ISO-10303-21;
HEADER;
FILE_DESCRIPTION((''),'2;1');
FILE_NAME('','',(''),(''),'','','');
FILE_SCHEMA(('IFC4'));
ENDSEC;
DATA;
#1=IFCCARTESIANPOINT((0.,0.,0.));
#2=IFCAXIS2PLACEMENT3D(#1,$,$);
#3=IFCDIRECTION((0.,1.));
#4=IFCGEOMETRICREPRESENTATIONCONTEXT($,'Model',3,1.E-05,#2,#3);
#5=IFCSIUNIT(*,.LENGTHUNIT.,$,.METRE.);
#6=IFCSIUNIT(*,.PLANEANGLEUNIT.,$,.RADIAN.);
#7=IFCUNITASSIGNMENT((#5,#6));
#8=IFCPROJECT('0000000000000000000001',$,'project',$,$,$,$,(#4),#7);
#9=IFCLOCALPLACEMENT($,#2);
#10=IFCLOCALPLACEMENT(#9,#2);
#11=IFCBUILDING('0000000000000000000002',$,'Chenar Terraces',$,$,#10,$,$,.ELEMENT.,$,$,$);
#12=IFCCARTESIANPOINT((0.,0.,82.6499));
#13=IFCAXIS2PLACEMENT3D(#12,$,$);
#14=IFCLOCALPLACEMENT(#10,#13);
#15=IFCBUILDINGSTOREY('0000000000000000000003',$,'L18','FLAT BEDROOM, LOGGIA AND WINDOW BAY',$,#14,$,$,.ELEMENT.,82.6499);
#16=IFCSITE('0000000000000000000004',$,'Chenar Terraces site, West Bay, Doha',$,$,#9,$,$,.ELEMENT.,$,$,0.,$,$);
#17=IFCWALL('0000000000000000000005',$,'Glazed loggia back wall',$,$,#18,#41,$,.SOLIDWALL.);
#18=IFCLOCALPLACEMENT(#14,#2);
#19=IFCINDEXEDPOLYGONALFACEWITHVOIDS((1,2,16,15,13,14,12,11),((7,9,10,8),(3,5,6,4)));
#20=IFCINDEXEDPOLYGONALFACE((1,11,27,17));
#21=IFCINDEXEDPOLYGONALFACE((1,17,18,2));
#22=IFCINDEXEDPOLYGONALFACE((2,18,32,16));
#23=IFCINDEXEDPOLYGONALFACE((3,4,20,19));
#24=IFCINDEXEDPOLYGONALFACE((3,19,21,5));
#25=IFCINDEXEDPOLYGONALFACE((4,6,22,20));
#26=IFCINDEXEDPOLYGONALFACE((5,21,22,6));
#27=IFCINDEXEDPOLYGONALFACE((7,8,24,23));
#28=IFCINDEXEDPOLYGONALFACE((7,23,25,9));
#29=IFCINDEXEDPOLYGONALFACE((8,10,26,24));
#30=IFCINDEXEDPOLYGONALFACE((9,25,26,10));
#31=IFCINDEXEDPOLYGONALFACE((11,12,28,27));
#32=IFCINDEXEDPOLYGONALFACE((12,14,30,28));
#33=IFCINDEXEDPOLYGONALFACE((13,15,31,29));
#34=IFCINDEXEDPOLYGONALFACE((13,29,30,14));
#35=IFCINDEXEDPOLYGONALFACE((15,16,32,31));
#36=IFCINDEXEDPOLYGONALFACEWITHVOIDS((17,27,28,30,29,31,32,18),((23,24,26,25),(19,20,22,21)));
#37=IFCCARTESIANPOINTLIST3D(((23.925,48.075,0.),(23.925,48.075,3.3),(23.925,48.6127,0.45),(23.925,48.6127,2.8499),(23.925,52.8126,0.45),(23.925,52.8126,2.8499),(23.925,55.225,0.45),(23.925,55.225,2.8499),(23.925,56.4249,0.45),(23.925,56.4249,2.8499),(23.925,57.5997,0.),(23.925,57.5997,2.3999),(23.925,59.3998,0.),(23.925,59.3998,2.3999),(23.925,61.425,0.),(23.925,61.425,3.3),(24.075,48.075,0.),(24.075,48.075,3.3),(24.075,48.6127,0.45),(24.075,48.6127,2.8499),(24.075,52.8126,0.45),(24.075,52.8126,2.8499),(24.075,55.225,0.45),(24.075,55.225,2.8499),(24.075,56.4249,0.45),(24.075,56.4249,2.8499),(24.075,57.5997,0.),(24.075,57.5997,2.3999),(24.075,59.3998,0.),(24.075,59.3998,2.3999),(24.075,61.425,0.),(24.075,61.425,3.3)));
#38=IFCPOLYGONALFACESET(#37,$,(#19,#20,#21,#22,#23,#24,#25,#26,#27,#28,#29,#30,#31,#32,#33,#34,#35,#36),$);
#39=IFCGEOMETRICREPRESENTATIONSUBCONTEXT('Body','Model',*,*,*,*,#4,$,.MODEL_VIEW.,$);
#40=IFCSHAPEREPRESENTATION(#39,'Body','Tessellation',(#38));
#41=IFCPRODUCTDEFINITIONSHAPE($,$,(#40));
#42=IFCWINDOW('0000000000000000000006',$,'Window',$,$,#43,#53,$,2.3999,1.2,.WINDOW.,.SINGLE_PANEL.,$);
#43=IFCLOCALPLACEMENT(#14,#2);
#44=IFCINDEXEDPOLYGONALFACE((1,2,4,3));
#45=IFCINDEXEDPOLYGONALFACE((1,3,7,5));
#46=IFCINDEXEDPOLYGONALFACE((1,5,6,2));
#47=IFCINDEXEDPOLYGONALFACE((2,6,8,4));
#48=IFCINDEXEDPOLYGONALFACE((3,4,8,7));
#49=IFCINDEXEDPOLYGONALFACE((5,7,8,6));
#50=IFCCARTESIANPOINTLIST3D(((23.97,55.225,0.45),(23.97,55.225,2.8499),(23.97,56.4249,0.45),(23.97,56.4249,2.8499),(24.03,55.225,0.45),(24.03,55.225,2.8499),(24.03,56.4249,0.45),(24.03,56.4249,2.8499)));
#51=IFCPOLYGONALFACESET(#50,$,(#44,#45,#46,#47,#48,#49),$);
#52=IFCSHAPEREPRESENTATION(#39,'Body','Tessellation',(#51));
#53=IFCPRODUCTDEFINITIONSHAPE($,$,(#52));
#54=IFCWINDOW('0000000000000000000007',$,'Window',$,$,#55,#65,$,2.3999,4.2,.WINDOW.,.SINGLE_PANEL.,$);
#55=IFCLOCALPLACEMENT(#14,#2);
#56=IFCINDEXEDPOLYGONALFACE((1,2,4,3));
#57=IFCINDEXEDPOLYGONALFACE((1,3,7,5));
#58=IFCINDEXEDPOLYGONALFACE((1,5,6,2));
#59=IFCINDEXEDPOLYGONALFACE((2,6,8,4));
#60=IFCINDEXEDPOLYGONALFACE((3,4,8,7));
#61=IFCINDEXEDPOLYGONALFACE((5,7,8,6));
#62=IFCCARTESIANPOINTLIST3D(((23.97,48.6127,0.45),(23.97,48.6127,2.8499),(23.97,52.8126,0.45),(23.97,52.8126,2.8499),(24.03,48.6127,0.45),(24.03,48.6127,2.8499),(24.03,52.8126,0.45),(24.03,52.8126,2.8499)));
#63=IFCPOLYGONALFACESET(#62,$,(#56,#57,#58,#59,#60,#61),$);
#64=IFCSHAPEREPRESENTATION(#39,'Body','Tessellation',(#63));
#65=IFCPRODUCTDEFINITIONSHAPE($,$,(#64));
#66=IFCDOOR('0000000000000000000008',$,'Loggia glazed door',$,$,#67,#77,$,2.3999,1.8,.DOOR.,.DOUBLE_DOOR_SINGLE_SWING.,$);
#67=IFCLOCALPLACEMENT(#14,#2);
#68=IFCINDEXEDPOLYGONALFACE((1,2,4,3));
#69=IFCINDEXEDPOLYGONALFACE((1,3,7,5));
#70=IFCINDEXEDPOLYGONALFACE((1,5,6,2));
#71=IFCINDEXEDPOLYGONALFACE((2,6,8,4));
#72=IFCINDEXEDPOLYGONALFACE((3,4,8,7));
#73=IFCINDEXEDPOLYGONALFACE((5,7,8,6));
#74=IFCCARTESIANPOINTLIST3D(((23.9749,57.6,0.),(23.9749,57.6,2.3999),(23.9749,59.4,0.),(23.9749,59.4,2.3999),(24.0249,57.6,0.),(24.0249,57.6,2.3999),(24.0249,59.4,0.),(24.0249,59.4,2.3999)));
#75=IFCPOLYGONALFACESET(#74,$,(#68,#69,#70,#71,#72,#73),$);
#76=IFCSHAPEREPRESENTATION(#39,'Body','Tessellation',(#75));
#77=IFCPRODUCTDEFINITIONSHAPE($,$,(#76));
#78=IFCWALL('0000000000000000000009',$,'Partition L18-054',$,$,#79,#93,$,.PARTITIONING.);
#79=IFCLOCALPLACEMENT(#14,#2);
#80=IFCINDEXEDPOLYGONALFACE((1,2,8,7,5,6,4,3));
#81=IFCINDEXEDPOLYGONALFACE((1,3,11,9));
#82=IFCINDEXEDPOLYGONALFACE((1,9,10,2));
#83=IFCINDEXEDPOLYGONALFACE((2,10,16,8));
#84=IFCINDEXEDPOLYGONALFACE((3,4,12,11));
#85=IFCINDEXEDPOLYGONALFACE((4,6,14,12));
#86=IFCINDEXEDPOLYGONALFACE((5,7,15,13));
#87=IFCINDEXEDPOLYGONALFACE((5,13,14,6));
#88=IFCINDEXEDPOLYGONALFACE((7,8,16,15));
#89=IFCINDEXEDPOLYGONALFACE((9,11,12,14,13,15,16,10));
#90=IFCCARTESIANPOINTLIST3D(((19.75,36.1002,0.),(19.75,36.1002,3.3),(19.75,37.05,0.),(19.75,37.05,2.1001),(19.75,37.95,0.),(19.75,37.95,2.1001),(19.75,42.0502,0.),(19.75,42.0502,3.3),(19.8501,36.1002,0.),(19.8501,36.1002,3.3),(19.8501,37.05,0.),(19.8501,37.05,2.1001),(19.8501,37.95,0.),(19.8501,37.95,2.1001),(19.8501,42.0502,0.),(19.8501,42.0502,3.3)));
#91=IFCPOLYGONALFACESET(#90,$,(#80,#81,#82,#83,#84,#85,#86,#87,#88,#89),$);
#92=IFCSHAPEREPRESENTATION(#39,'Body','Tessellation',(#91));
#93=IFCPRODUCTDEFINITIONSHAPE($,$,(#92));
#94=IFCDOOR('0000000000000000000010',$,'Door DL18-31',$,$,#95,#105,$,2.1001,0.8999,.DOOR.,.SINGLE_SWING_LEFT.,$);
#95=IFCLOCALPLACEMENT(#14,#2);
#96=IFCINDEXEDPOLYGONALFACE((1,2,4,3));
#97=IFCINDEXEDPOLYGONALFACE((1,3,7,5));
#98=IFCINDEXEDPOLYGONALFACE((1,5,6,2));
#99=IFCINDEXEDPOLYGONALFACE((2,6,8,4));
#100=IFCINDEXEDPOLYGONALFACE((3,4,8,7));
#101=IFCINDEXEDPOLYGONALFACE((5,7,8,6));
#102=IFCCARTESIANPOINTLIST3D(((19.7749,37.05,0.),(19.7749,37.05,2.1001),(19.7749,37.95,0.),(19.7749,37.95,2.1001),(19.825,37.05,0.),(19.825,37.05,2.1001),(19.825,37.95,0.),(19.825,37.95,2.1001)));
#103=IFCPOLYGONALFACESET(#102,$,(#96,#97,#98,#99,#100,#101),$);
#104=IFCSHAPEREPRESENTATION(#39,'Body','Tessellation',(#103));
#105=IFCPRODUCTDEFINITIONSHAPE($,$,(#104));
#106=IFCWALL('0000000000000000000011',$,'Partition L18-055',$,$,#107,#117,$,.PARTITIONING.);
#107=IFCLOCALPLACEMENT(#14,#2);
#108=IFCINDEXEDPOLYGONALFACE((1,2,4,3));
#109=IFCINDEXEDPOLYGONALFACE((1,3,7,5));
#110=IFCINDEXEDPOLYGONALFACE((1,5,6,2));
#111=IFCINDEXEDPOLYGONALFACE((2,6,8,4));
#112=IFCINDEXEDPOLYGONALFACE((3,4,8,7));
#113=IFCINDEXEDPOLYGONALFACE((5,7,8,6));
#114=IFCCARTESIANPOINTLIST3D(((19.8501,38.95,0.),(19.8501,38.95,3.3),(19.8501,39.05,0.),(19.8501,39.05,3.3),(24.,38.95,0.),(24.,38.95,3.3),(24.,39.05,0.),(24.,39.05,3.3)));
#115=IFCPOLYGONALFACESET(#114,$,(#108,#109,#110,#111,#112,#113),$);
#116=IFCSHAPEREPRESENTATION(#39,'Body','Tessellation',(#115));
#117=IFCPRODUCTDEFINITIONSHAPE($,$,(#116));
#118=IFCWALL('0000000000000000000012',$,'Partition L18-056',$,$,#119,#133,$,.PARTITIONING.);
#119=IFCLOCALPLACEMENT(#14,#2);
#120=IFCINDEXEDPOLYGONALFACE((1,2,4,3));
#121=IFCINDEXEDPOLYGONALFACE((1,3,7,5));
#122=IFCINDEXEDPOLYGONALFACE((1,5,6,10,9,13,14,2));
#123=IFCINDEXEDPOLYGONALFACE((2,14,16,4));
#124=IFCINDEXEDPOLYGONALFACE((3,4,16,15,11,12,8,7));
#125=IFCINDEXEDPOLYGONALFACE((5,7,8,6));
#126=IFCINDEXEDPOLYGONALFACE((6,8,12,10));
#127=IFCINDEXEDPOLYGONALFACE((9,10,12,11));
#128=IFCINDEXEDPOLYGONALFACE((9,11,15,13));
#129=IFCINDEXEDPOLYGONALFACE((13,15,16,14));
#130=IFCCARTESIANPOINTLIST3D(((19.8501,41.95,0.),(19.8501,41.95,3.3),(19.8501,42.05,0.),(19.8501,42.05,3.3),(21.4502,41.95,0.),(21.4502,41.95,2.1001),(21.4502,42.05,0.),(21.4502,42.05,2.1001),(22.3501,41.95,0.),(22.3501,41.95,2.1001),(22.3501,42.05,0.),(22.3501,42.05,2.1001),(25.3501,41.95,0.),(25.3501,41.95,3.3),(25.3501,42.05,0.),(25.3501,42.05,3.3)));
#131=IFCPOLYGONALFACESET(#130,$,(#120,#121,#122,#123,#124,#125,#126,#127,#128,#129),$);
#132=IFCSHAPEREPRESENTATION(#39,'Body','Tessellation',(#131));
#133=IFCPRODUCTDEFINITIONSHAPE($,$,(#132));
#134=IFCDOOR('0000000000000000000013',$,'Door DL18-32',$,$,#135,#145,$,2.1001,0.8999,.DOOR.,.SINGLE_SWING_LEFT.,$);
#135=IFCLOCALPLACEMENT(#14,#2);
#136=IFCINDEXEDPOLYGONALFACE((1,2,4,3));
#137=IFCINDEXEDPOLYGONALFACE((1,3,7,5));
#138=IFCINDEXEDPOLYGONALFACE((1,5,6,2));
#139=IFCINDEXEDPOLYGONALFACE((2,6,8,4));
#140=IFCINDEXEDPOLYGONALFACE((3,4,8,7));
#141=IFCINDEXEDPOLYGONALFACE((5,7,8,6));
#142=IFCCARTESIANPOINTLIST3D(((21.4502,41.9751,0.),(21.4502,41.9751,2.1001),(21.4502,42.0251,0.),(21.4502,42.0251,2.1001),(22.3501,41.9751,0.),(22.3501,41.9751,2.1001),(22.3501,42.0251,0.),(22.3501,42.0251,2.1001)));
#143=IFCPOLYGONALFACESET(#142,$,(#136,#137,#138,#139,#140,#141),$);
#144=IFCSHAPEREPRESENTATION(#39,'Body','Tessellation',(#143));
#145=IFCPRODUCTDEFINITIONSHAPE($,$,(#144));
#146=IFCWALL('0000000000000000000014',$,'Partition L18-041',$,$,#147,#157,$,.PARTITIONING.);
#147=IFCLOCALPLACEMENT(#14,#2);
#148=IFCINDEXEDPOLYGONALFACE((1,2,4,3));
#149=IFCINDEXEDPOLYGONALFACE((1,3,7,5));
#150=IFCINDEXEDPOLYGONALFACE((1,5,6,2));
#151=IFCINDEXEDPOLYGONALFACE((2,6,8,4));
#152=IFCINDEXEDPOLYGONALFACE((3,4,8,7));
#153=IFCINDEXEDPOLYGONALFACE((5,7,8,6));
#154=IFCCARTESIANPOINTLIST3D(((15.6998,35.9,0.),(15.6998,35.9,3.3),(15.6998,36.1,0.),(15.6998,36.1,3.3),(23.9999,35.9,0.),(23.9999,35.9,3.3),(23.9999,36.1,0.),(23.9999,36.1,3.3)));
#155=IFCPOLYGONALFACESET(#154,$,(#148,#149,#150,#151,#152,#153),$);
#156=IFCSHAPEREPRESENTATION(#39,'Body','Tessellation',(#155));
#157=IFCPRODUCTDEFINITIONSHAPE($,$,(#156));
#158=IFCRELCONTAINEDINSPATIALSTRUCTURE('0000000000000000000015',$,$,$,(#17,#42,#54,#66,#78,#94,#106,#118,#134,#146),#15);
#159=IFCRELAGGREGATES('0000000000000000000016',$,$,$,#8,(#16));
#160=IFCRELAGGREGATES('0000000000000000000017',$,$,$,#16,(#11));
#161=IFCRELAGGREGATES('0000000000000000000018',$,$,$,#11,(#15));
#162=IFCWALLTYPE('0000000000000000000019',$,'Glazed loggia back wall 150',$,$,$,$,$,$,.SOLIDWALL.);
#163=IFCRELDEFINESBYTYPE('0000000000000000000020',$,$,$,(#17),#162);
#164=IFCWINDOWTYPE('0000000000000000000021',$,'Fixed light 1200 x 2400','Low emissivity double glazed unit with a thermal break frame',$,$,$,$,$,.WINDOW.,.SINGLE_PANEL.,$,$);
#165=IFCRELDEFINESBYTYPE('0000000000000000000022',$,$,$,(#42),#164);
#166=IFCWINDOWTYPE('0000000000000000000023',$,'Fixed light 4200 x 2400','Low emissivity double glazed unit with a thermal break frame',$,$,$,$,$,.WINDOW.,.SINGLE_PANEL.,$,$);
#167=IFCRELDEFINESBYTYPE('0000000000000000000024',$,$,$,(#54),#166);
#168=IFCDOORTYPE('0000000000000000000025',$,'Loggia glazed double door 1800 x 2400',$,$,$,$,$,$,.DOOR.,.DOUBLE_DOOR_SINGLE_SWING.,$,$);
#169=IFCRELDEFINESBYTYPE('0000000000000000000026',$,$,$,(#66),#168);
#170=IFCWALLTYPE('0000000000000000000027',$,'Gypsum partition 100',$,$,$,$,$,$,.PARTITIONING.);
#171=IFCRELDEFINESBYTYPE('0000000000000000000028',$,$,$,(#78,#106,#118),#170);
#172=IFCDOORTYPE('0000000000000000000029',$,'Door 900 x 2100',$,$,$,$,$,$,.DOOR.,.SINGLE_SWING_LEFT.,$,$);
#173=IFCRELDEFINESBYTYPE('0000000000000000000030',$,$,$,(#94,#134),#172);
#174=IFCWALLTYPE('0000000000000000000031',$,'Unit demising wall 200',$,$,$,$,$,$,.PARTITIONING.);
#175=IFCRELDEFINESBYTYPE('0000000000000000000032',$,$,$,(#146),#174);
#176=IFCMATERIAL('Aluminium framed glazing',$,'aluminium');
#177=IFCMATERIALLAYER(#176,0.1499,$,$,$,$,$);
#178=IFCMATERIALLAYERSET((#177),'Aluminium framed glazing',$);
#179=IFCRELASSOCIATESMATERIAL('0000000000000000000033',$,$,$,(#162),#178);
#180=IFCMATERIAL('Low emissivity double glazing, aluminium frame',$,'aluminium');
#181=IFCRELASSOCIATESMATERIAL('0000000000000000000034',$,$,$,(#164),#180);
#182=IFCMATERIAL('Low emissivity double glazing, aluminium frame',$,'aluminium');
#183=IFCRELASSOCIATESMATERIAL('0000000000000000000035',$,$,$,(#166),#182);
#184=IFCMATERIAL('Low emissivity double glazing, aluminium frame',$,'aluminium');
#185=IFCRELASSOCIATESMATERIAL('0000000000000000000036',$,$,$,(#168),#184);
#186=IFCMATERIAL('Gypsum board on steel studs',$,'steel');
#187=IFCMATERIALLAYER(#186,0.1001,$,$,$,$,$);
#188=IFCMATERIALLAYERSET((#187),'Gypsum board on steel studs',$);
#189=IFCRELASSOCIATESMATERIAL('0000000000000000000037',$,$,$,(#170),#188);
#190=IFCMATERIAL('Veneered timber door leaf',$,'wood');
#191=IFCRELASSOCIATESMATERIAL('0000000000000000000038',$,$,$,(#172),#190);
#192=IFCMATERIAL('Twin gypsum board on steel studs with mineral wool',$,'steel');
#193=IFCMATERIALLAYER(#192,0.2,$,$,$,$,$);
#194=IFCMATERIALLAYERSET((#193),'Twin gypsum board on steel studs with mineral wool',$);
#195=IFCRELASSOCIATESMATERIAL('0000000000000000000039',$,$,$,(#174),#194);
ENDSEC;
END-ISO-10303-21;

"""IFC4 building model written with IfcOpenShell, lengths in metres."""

from ifc_helpers import new_model, si_unit, direction, frame, frame_2d, origin, place, context, subcontext, project, spatial, rectangle, extrude, material, layer, layer_set, type_object, element, fill, save


model = new_model("IFC4")

# Units and contexts
model_context = context("Model", 3, precision=1e-05, world=origin(), true_north=direction((0.0, 1.0)))
body_context = subcontext(model_context, "Body", "Model", "MODEL_VIEW")
ifc_project = project(units=[si_unit("LENGTHUNIT", "METRE"), si_unit("PLANEANGLEUNIT", "RADIAN")], contexts=[model_context])

# Site, building, storey
site_placement = place(None, origin())
site = spatial("IfcSite", under=ifc_project, at=site_placement, Name="Chenar Terraces site, West Bay, Doha", CompositionType="ELEMENT", RefElevation=0.0)
building_placement = place(site_placement, origin())
building = spatial("IfcBuilding", under=site, at=building_placement, Name="Chenar Terraces", CompositionType="ELEMENT")
storey_placement = place(building_placement, frame((0.0, 0.0, 82.6499)))
storey = spatial("IfcBuildingStorey", under=building, at=storey_placement, Name="L18", Description="FLAT BEDROOM, LOGGIA AND WINDOW BAY", CompositionType="ELEMENT", Elevation=82.6499)

# Wall, openings, windows, door
ifc_material_1 = material(Name="Aluminium framed glazing", Category="aluminium")
ifc_layer_1 = layer(ifc_material_1, 0.1499)
ifc_layer_set_1 = layer_set([ifc_layer_1], Name="Aluminium framed glazing")
wall_type_1 = type_object("IfcWallType", Name="Glazed loggia back wall 150", PredefinedType="SOLIDWALL", material=ifc_layer_set_1)
wall_1_placement = place(storey_placement, frame((24.0, 48.075, 0.0), z_axis=(0.0, 0.0, 1.0), x_axis=(0.0, 1.0, 0.0)))
wall_1 = element("IfcWall", 1, at=wall_1_placement, inside=storey, type_object=wall_type_1, Name="Glazed loggia back wall", PredefinedType="SOLIDWALL", context=body_context, shape_type="SweptSolid", body=[
    extrude(rectangle(XDim=13.3501, YDim=0.1499, at=frame_2d((6.675, 0.0))), origin(), (0.0, 0.0, 1.0), 3.3),
])
opening_1_placement = place(wall_1_placement, frame((0.5376, 0.0, 0.45)))
opening_1 = element("IfcOpeningElement", 2, at=opening_1_placement, cuts=wall_1, PredefinedType="OPENING", context=body_context, shape_type="SweptSolid", body=[
    extrude(rectangle(XDim=4.2, YDim=2.3999, at=frame_2d((2.1001, 1.2))), frame((0.0, 0.085, 0.0), z_axis=(0.0, -1.0, 0.0), x_axis=(1.0, 0.0, 0.0)), (0.0, 0.0, 1.0), 0.1699),
])
opening_2_placement = place(wall_1_placement, frame((7.1499, 0.0, 0.45)))
opening_2 = element("IfcOpeningElement", 3, at=opening_2_placement, cuts=wall_1, PredefinedType="OPENING", context=body_context, shape_type="SweptSolid", body=[
    extrude(rectangle(XDim=1.2, YDim=2.3999, at=frame_2d((0.6001, 1.2))), frame((0.0, 0.085, 0.0), z_axis=(0.0, -1.0, 0.0), x_axis=(1.0, 0.0, 0.0)), (0.0, 0.0, 1.0), 0.1699),
])
opening_3_placement = place(wall_1_placement, frame((9.5249, 0.0, 0.0)))
opening_3 = element("IfcOpeningElement", 4, at=opening_3_placement, cuts=wall_1, PredefinedType="OPENING", context=body_context, shape_type="SweptSolid", body=[
    extrude(rectangle(XDim=1.8, YDim=2.3999, at=frame_2d((0.8999, 1.2))), frame((0.0, 0.085, 0.0), z_axis=(0.0, -1.0, 0.0), x_axis=(1.0, 0.0, 0.0)), (0.0, 0.0, 1.0), 0.1699),
])
ifc_material_2 = material(Name="Low emissivity double glazing, aluminium frame", Category="aluminium")
window_type_1 = type_object("IfcWindowType", Name="Fixed light 1200 x 2400", Description="Low emissivity double glazed unit with a thermal break frame", PartitioningType="SINGLE_PANEL", PredefinedType="WINDOW", material=ifc_material_2)
window_1_placement = place(opening_2_placement, origin())
window_1 = element("IfcWindow", 5, at=window_1_placement, inside=storey, type_object=window_type_1, Name="Window", OverallHeight=2.3999, OverallWidth=1.2, PartitioningType="SINGLE_PANEL", PredefinedType="WINDOW", context=body_context, shape_type="SweptSolid", body=[
    extrude(rectangle(XDim=1.2, YDim=2.3999, at=frame_2d((0.6001, 1.2))), frame((0.0, 0.03, 0.0), z_axis=(0.0, -1.0, 0.0), x_axis=(1.0, 0.0, 0.0)), (0.0, 0.0, 1.0), 0.0601),
])
fill(opening_2, window_1)
ifc_material_3 = material(Name="Low emissivity double glazing, aluminium frame", Category="aluminium")
window_type_2 = type_object("IfcWindowType", Name="Fixed light 4200 x 2400", Description="Low emissivity double glazed unit with a thermal break frame", PartitioningType="SINGLE_PANEL", PredefinedType="WINDOW", material=ifc_material_3)
window_2_placement = place(opening_1_placement, origin())
window_2 = element("IfcWindow", 6, at=window_2_placement, inside=storey, type_object=window_type_2, Name="Window", OverallHeight=2.3999, OverallWidth=4.2, PartitioningType="SINGLE_PANEL", PredefinedType="WINDOW", context=body_context, shape_type="SweptSolid", body=[
    extrude(rectangle(XDim=4.2, YDim=2.3999, at=frame_2d((2.1001, 1.2))), frame((0.0, 0.03, 0.0), z_axis=(0.0, -1.0, 0.0), x_axis=(1.0, 0.0, 0.0)), (0.0, 0.0, 1.0), 0.0601),
])
fill(opening_1, window_2)
ifc_material_4 = material(Name="Low emissivity double glazing, aluminium frame", Category="aluminium")
door_type_1 = type_object("IfcDoorType", Name="Loggia glazed double door 1800 x 2400", OperationType="DOUBLE_DOOR_SINGLE_SWING", PredefinedType="DOOR", material=ifc_material_4)
door_1_placement = place(opening_3_placement, frame((1.8, 0.0, 0.0), z_axis=(0.0, 0.0, 1.0), x_axis=(-1.0, 0.0, 0.0)))
door_1 = element("IfcDoor", 7, at=door_1_placement, inside=storey, type_object=door_type_1, Name="Loggia glazed door", OperationType="DOUBLE_DOOR_SINGLE_SWING", OverallHeight=2.3999, OverallWidth=1.8, PredefinedType="DOOR", context=body_context, shape_type="SweptSolid", body=[
    extrude(rectangle(XDim=1.8, YDim=2.3999, at=frame_2d((0.8999, 1.2))), frame((0.0, 0.0249, 0.0), z_axis=(0.0, -1.0, 0.0), x_axis=(1.0, 0.0, 0.0)), (0.0, 0.0, 1.0), 0.05),
])
fill(opening_3, door_1)

# Wall, opening, door
ifc_material_5 = material(Name="Gypsum board on steel studs", Category="steel")
ifc_layer_2 = layer(ifc_material_5, 0.1001)
ifc_layer_set_2 = layer_set([ifc_layer_2], Name="Gypsum board on steel studs")
wall_type_2 = type_object("IfcWallType", Name="Gypsum partition 100", PredefinedType="PARTITIONING", material=ifc_layer_set_2)
wall_2_placement = place(storey_placement, frame((19.8, 36.1001, 0.0), z_axis=(0.0, 0.0, 1.0), x_axis=(0.0, 1.0, 0.0)))
wall_2 = element("IfcWall", 8, at=wall_2_placement, inside=storey, type_object=wall_type_2, Name="Partition L18-054", PredefinedType="PARTITIONING", context=body_context, shape_type="SweptSolid", body=[
    extrude(rectangle(XDim=5.95, YDim=0.1001, at=frame_2d((2.9751, 0.0))), origin(), (0.0, 0.0, 1.0), 3.3),
])
opening_4_placement = place(wall_2_placement, frame((0.95, 0.0, 0.0)))
opening_4 = element("IfcOpeningElement", 9, at=opening_4_placement, cuts=wall_2, PredefinedType="OPENING", context=body_context, shape_type="SweptSolid", body=[
    extrude(rectangle(XDim=0.8999, YDim=2.1001, at=frame_2d((0.45, 1.05))), frame((0.0, 0.0601, 0.0), z_axis=(0.0, -1.0, 0.0), x_axis=(1.0, 0.0, 0.0)), (0.0, 0.0, 1.0), 0.1201),
])
ifc_material_6 = material(Name="Veneered timber door leaf", Category="wood")
door_type_2 = type_object("IfcDoorType", Name="Door 900 x 2100", OperationType="SINGLE_SWING_LEFT", PredefinedType="DOOR", material=ifc_material_6)
door_2_placement = place(opening_4_placement, frame((0.8999, 0.0, 0.0), z_axis=(0.0, 0.0, 1.0), x_axis=(-1.0, 0.0, 0.0)))
door_2 = element("IfcDoor", 10, at=door_2_placement, inside=storey, type_object=door_type_2, Name="Door DL18-31", OperationType="SINGLE_SWING_LEFT", OverallHeight=2.1001, OverallWidth=0.8999, PredefinedType="DOOR", context=body_context, shape_type="SweptSolid", body=[
    extrude(rectangle(XDim=0.8999, YDim=2.1001, at=frame_2d((0.45, 1.05))), frame((0.0, 0.0249, 0.0), z_axis=(0.0, -1.0, 0.0), x_axis=(1.0, 0.0, 0.0)), (0.0, 0.0, 1.0), 0.05),
])
fill(opening_4, door_2)

# Wall
wall_3_placement = place(storey_placement, frame((19.8501, 39.0, 0.0), z_axis=(0.0, 0.0, 1.0), x_axis=(1.0, 0.0, 0.0)))
element("IfcWall", 11, at=wall_3_placement, inside=storey, type_object=wall_type_2, Name="Partition L18-055", PredefinedType="PARTITIONING", context=body_context, shape_type="SweptSolid", body=[
    extrude(rectangle(XDim=4.1499, YDim=0.1001, at=frame_2d((2.075, 0.0))), origin(), (0.0, 0.0, 1.0), 3.3),
])

# Wall, opening, door
wall_4_placement = place(storey_placement, frame((19.8501, 42.0, 0.0), z_axis=(0.0, 0.0, 1.0), x_axis=(1.0, 0.0, 0.0)))
wall_4 = element("IfcWall", 12, at=wall_4_placement, inside=storey, type_object=wall_type_2, Name="Partition L18-056", PredefinedType="PARTITIONING", context=body_context, shape_type="SweptSolid", body=[
    extrude(rectangle(XDim=5.5, YDim=0.1001, at=frame_2d((2.75, 0.0))), origin(), (0.0, 0.0, 1.0), 3.3),
])
opening_5_placement = place(wall_4_placement, frame((1.6001, 0.0, 0.0)))
opening_5 = element("IfcOpeningElement", 13, at=opening_5_placement, cuts=wall_4, PredefinedType="OPENING", context=body_context, shape_type="SweptSolid", body=[
    extrude(rectangle(XDim=0.8999, YDim=2.1001, at=frame_2d((0.45, 1.05))), frame((0.0, 0.0601, 0.0), z_axis=(0.0, -1.0, 0.0), x_axis=(1.0, 0.0, 0.0)), (0.0, 0.0, 1.0), 0.1201),
])
door_3_placement = place(opening_5_placement, frame((0.8999, 0.0, 0.0), z_axis=(0.0, 0.0, 1.0), x_axis=(-1.0, 0.0, 0.0)))
door_3 = element("IfcDoor", 14, at=door_3_placement, inside=storey, type_object=door_type_2, Name="Door DL18-32", OperationType="SINGLE_SWING_LEFT", OverallHeight=2.1001, OverallWidth=0.8999, PredefinedType="DOOR", context=body_context, shape_type="SweptSolid", body=[
    extrude(rectangle(XDim=0.8999, YDim=2.1001, at=frame_2d((0.45, 1.05))), frame((0.0, 0.0249, 0.0), z_axis=(0.0, -1.0, 0.0), x_axis=(1.0, 0.0, 0.0)), (0.0, 0.0, 1.0), 0.05),
])
fill(opening_5, door_3)

# Wall
ifc_material_7 = material(Name="Twin gypsum board on steel studs with mineral wool", Category="steel")
ifc_layer_3 = layer(ifc_material_7, 0.2)
ifc_layer_set_3 = layer_set([ifc_layer_3], Name="Twin gypsum board on steel studs with mineral wool")
wall_type_3 = type_object("IfcWallType", Name="Unit demising wall 200", PredefinedType="PARTITIONING", material=ifc_layer_set_3)
for number, where, z_axis, x_axis, name in (
    (15, (15.7, 36.0, 0.0), (0.0, 0.0, 1.0), (1.0, 0.0, 0.0), "Partition L18-041"),
):
    element("IfcWall", number, at=place(storey_placement, frame(where, z_axis=z_axis, x_axis=x_axis)), inside=storey, type_object=wall_type_3, Name=name, PredefinedType="PARTITIONING", context=body_context, shape_type="SweptSolid", body=[
        extrude(rectangle(XDim=8.3, YDim=0.2, at=frame_2d((4.1499, 0.0))), origin(), (0.0, 0.0, 1.0), 3.3),
    ])

save(model, "model.ifc")
